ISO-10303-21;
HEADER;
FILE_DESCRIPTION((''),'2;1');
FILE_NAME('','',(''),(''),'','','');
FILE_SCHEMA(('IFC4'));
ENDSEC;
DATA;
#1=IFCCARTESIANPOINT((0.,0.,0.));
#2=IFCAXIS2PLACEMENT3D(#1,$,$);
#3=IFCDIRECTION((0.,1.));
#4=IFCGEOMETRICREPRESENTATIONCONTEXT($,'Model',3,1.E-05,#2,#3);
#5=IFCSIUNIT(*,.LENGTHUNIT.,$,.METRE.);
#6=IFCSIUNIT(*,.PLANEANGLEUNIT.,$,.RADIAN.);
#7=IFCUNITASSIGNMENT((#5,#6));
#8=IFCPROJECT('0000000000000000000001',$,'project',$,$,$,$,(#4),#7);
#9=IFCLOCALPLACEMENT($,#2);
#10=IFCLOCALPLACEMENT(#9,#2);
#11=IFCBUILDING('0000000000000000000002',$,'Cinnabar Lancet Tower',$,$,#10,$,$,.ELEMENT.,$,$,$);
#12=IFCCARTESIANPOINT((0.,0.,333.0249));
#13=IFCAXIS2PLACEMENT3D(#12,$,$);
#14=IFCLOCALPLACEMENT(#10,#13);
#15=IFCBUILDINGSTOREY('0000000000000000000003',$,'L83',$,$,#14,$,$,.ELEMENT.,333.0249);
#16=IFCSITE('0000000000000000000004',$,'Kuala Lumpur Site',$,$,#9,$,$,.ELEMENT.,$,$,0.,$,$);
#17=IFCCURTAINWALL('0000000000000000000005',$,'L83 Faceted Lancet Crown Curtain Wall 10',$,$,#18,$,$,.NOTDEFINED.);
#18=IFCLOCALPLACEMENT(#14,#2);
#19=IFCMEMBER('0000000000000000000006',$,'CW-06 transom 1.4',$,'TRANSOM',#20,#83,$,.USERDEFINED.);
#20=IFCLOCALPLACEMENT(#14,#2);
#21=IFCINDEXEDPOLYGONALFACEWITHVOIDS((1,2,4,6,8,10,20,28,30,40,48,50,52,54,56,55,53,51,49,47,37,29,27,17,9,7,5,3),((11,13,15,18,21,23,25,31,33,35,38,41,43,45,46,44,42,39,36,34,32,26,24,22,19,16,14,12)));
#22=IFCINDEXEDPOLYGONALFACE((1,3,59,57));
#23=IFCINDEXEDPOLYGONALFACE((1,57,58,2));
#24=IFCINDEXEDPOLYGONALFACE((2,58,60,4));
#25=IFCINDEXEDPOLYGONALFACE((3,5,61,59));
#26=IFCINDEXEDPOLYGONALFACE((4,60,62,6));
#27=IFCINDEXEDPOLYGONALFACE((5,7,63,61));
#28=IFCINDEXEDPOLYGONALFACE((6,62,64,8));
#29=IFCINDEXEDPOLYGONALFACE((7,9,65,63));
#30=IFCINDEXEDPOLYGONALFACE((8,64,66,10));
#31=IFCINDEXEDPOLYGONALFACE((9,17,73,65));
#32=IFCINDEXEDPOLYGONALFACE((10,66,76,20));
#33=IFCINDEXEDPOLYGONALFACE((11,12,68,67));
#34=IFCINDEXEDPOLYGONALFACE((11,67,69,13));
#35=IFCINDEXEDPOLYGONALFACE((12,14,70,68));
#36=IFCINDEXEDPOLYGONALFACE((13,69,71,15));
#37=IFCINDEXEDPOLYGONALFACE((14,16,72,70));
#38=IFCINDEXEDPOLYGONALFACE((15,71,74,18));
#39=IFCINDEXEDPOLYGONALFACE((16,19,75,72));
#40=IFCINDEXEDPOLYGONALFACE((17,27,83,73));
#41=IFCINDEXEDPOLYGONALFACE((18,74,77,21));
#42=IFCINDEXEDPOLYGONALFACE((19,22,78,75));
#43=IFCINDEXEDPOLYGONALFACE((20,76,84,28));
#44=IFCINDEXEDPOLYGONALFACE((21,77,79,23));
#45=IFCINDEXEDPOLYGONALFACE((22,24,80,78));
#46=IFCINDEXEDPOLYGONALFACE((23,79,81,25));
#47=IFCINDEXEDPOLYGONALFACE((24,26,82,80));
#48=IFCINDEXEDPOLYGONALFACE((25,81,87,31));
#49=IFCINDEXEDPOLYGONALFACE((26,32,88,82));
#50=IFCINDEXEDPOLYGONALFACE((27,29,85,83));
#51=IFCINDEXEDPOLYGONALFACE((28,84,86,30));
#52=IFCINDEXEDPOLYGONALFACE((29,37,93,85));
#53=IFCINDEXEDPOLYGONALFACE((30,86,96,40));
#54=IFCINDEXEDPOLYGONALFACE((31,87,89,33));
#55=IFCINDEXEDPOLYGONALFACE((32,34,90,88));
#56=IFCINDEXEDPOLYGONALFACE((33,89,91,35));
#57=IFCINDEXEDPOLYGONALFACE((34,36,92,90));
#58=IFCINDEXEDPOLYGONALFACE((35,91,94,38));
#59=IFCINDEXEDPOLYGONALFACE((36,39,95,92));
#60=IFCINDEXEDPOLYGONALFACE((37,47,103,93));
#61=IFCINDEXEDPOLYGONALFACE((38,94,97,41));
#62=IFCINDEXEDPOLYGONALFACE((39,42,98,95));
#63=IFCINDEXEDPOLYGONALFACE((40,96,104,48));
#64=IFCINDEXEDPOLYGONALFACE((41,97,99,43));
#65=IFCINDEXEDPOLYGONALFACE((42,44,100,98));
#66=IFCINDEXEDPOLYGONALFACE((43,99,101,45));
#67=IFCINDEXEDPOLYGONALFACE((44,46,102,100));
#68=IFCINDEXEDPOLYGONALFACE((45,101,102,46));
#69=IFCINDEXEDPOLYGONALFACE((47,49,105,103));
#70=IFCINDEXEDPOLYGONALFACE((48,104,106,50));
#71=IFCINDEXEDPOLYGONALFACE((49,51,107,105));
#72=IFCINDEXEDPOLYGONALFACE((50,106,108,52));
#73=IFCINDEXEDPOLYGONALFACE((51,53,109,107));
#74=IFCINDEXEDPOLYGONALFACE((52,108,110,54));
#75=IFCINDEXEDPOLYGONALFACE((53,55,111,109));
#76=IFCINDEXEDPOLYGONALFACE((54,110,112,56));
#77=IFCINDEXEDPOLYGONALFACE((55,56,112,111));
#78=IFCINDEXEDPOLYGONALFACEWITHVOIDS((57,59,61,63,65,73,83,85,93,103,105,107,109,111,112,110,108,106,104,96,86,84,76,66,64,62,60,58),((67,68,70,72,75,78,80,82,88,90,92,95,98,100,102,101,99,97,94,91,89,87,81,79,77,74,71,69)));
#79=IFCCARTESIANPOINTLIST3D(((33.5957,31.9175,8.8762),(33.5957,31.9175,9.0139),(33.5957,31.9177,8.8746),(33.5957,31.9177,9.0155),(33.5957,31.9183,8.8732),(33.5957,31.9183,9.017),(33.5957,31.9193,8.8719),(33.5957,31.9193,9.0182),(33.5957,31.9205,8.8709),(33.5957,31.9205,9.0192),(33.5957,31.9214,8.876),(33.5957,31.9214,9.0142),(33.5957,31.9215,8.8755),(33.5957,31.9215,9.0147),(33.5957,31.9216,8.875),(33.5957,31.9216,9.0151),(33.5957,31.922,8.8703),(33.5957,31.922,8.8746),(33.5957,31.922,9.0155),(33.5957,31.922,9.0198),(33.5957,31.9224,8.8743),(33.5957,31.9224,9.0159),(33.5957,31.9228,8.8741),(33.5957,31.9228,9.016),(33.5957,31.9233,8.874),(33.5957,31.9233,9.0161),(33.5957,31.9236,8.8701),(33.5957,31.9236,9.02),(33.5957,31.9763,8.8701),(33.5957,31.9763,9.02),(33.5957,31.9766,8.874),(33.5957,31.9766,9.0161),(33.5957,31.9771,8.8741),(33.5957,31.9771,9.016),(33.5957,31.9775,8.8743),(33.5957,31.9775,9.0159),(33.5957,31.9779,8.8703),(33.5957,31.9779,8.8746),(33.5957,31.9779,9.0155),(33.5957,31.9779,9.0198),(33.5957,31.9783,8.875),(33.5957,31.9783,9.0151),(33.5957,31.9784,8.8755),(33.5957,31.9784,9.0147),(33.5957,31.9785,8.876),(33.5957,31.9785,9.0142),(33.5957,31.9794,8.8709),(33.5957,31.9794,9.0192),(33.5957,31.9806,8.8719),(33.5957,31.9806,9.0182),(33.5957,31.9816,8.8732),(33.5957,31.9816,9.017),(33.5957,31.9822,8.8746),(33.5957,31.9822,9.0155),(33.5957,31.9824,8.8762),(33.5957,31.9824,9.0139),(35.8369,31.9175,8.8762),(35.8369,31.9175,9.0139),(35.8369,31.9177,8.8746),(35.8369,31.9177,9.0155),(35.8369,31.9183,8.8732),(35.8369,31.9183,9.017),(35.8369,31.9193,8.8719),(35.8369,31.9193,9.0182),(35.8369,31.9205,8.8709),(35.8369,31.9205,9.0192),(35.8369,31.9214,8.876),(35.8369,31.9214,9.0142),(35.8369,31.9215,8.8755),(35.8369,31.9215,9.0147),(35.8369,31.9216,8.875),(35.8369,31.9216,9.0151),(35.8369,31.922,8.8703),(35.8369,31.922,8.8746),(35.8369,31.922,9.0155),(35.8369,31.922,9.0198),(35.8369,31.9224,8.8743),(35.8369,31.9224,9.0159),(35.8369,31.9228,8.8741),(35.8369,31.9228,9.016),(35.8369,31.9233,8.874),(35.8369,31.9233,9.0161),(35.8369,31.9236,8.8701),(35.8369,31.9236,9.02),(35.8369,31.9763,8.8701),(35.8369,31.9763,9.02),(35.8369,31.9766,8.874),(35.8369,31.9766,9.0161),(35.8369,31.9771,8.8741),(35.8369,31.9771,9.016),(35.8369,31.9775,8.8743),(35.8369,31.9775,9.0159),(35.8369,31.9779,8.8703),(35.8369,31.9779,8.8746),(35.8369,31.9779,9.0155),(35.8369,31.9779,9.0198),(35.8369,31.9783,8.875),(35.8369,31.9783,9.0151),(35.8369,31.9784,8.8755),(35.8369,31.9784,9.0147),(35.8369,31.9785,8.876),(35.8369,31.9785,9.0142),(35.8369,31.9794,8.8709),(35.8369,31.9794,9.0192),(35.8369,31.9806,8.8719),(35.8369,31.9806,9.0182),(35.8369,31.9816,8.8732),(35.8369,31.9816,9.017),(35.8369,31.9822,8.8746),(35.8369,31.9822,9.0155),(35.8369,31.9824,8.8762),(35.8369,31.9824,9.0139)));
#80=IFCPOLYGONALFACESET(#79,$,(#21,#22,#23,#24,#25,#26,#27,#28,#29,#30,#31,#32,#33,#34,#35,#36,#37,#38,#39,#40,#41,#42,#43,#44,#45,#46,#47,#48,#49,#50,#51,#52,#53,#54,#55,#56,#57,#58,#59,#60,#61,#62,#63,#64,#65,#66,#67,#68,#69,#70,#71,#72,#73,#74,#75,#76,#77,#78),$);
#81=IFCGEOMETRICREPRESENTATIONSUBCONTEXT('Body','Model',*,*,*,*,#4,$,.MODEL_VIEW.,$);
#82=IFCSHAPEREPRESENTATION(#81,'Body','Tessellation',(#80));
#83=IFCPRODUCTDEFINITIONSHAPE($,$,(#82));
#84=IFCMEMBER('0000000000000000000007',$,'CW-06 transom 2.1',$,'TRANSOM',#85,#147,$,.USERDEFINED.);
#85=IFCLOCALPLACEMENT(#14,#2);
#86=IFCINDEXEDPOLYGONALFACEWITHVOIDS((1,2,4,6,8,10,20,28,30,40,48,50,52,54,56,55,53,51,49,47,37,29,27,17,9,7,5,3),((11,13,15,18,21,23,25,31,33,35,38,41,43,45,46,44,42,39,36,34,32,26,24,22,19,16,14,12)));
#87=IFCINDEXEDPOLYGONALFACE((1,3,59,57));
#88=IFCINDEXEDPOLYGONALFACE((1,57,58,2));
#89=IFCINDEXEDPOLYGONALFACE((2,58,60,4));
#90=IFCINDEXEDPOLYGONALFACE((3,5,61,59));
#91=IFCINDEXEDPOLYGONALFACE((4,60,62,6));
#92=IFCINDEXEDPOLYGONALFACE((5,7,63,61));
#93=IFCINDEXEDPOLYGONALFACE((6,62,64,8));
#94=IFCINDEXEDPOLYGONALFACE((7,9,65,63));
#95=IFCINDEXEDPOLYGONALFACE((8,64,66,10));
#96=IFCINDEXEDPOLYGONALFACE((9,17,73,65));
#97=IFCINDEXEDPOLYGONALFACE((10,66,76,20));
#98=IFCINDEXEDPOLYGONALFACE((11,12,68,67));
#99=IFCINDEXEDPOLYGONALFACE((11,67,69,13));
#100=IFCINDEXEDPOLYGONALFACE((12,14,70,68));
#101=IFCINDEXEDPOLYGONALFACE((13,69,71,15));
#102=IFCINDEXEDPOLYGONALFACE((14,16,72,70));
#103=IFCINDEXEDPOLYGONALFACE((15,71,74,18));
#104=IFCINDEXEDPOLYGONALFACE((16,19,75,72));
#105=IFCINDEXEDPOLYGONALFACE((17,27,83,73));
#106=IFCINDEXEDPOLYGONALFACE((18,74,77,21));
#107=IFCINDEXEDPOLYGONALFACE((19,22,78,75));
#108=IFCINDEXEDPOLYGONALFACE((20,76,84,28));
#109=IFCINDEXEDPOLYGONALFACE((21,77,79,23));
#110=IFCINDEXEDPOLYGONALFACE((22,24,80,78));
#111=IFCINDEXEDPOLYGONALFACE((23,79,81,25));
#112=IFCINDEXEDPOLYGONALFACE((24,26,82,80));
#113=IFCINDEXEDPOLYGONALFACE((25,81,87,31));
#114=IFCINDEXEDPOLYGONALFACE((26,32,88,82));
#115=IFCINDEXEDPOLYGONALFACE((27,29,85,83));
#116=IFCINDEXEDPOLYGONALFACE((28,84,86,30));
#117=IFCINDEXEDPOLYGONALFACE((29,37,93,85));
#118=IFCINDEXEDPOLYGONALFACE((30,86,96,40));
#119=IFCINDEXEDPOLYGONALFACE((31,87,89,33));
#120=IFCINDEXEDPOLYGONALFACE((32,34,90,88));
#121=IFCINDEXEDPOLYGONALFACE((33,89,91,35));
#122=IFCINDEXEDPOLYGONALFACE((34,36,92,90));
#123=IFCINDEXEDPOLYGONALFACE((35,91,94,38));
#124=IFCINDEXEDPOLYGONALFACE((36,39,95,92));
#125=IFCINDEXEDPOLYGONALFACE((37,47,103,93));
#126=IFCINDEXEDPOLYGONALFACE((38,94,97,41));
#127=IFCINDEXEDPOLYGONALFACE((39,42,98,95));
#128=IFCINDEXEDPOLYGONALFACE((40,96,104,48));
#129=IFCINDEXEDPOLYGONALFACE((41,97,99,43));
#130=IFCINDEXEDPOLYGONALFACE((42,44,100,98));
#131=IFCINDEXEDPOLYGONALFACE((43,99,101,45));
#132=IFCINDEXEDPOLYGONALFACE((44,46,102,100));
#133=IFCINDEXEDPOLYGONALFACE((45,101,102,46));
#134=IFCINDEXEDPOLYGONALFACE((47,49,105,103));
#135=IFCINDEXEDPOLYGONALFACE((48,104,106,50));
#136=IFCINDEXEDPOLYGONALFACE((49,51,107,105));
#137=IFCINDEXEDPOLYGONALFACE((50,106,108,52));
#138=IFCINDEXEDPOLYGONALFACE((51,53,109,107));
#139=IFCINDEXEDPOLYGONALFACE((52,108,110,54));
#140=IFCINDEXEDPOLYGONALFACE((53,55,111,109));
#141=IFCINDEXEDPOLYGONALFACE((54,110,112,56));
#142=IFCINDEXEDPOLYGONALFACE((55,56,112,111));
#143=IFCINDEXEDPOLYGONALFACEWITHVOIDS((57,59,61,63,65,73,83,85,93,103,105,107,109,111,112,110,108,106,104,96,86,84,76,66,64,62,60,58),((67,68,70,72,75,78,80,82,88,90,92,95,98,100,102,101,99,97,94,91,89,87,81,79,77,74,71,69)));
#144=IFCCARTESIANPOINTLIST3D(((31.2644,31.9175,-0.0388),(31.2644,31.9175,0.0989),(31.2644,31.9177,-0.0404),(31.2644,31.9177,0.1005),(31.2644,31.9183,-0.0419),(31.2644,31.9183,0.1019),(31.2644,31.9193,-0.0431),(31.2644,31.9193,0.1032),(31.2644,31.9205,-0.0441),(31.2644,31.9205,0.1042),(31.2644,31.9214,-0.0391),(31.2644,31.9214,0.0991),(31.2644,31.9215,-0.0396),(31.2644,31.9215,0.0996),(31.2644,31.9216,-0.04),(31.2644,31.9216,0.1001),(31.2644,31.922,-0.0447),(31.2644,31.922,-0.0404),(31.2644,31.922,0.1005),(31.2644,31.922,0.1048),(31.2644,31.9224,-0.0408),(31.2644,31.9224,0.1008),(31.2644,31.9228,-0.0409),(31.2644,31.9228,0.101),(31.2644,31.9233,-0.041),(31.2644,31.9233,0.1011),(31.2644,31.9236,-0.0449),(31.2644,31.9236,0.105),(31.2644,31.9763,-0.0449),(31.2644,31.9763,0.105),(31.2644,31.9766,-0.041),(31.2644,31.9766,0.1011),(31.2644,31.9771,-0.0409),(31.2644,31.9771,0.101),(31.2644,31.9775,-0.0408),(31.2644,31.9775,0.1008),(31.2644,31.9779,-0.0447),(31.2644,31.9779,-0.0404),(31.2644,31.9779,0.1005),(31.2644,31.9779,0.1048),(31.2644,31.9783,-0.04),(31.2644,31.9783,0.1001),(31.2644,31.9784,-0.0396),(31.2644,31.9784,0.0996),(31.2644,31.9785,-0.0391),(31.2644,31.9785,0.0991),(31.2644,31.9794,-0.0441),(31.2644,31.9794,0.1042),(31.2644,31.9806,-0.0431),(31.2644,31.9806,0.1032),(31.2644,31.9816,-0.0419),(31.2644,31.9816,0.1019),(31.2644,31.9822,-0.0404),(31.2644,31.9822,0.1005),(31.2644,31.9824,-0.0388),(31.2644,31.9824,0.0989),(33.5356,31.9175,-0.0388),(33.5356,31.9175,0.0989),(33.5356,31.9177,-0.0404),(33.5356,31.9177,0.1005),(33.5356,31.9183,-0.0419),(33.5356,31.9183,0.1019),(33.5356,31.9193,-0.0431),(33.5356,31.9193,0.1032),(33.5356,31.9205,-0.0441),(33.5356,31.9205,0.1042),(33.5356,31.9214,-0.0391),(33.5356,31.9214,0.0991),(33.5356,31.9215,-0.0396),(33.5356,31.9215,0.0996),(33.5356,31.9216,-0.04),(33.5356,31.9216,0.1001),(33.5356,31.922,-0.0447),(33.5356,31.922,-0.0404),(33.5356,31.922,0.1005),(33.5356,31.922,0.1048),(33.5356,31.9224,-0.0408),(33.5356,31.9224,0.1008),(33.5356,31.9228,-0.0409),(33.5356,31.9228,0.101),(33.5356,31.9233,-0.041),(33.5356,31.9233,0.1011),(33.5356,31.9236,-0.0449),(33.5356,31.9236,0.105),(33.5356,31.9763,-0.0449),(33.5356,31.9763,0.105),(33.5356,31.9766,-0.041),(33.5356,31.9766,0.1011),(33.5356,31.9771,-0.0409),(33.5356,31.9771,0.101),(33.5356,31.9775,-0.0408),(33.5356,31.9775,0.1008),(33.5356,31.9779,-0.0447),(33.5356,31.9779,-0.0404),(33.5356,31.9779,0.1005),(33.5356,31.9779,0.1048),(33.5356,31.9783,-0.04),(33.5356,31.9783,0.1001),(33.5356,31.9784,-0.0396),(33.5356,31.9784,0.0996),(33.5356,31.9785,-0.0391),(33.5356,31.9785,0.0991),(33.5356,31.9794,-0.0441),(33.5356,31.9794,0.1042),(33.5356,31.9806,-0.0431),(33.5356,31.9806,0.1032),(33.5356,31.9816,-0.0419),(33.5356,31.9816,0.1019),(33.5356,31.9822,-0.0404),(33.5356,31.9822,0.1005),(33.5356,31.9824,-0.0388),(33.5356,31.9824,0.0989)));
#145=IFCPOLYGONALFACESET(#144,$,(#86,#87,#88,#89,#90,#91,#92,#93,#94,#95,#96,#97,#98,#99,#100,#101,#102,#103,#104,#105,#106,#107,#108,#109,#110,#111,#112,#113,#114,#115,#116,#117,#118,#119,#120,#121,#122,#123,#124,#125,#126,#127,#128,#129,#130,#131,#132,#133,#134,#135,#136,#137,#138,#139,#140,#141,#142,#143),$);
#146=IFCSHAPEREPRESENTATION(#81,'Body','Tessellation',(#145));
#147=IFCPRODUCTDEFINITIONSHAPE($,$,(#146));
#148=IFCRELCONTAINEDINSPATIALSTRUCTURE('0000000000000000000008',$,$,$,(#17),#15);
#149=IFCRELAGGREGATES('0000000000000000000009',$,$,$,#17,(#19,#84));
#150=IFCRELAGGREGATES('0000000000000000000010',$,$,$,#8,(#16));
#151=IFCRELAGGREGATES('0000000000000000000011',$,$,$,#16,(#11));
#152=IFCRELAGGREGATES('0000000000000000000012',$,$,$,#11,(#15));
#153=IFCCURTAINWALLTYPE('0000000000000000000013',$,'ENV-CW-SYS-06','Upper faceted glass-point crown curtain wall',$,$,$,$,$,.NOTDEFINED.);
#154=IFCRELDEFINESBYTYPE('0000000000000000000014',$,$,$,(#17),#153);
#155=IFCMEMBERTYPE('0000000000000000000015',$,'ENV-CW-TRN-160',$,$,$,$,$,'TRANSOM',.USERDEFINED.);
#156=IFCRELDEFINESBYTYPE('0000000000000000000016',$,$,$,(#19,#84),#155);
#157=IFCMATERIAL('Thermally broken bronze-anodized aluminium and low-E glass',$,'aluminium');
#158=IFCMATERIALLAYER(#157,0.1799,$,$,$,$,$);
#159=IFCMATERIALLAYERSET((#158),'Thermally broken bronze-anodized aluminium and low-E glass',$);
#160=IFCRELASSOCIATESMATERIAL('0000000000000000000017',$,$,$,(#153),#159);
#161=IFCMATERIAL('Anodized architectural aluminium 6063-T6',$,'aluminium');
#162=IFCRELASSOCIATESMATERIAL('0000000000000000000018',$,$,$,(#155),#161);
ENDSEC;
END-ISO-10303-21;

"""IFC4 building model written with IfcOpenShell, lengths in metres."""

from ifc_helpers import new_model, si_unit, direction, frame, origin, origin_2d, place, context, subcontext, project, spatial, hollow_rectangle, extrude, material, layer, layer_set, material_profile, profile_set, type_object, element, aggregate, save


model = new_model("IFC4")

# Units and contexts
model_context = context("Model", 3, precision=1e-05, world=origin(), true_north=direction((0.0, 1.0)))
body_context = subcontext(model_context, "Body", "Model", "MODEL_VIEW")
ifc_project = project(units=[si_unit("LENGTHUNIT", "METRE"), si_unit("PLANEANGLEUNIT", "RADIAN")], contexts=[model_context])

# Site, building, storey
site_placement = place(None, origin())
site = spatial("IfcSite", under=ifc_project, at=site_placement, Name="Kuala Lumpur Site", CompositionType="ELEMENT", RefElevation=0.0)
building_placement = place(site_placement, origin())
building = spatial("IfcBuilding", under=site, at=building_placement, Name="Cinnabar Lancet Tower", CompositionType="ELEMENT")
storey_placement = place(building_placement, frame((0.0, 0.0, 333.0249)))
storey = spatial("IfcBuildingStorey", under=building, at=storey_placement, Name="L83", CompositionType="ELEMENT", Elevation=333.0249)

# Curtain wall
ifc_material_1 = material(Name="Thermally broken bronze-anodized aluminium and low-E glass", Category="aluminium")
ifc_layer_1 = layer(ifc_material_1, 0.1799)
ifc_layer_set_1 = layer_set([ifc_layer_1], Name="Thermally broken bronze-anodized aluminium and low-E glass")
curtain_wall_type = type_object("IfcCurtainWallType", Name="ENV-CW-SYS-06", Description="Upper faceted glass-point crown curtain wall", PredefinedType="NOTDEFINED", material=ifc_layer_set_1)
curtain_wall_1_placement = place(storey_placement, origin())
curtain_wall_1 = element("IfcCurtainWall", 1, at=curtain_wall_1_placement, inside=storey, type_object=curtain_wall_type, Name="L83 Faceted Lancet Crown Curtain Wall 10", PredefinedType="NOTDEFINED")

# Members
ifc_material_2 = material(Name="Anodized architectural aluminium 6063-T6", Category="aluminium")
ifc_material_profile_1 = material_profile(ifc_material_2, hollow_rectangle(XDim=0.0649, YDim=0.1499, WallThickness=0.0039, InnerFilletRadius=0.002, OuterFilletRadius=0.0061, at=origin_2d()), Name="CW-TRN 150x65x4")
ifc_profile_set_1 = profile_set([ifc_material_profile_1], Name="Anodized architectural aluminium 6063-T6")
member_type_1 = type_object("IfcMemberType", Name="ENV-CW-TRN-160", ElementType="TRANSOM", PredefinedType="USERDEFINED", material=ifc_profile_set_1)
member_1_placement = place(storey_placement, frame((35.8369, 31.95, 8.9451), z_axis=(-1.0, 0.0, 0.0), x_axis=(0.0, -1.0, 0.0)))
member_1 = element("IfcMember", 2, at=member_1_placement, type_object=member_type_1, Name="CW-06 transom 1.4", ObjectType="TRANSOM", PredefinedType="USERDEFINED", context=body_context, shape_type="SweptSolid", body=[
    extrude(hollow_rectangle(XDim=0.0649, YDim=0.1499, WallThickness=0.0039, InnerFilletRadius=0.002, OuterFilletRadius=0.0061, at=origin_2d()), origin(), (0.0, 0.0, 1.0), 2.2412),
])
member_2_placement = place(storey_placement, frame((33.5356, 31.95, 0.03), z_axis=(-1.0, 0.0, 0.0), x_axis=(0.0, -1.0, 0.0)))
member_2 = element("IfcMember", 3, at=member_2_placement, type_object=member_type_1, Name="CW-06 transom 2.1", ObjectType="TRANSOM", PredefinedType="USERDEFINED", context=body_context, shape_type="SweptSolid", body=[
    extrude(hollow_rectangle(XDim=0.0649, YDim=0.1499, WallThickness=0.0039, InnerFilletRadius=0.002, OuterFilletRadius=0.0061, at=origin_2d()), origin(), (0.0, 0.0, 1.0), 2.2712),
])

aggregate(curtain_wall_1, [member_1, member_2])

save(model, "model.ifc")
